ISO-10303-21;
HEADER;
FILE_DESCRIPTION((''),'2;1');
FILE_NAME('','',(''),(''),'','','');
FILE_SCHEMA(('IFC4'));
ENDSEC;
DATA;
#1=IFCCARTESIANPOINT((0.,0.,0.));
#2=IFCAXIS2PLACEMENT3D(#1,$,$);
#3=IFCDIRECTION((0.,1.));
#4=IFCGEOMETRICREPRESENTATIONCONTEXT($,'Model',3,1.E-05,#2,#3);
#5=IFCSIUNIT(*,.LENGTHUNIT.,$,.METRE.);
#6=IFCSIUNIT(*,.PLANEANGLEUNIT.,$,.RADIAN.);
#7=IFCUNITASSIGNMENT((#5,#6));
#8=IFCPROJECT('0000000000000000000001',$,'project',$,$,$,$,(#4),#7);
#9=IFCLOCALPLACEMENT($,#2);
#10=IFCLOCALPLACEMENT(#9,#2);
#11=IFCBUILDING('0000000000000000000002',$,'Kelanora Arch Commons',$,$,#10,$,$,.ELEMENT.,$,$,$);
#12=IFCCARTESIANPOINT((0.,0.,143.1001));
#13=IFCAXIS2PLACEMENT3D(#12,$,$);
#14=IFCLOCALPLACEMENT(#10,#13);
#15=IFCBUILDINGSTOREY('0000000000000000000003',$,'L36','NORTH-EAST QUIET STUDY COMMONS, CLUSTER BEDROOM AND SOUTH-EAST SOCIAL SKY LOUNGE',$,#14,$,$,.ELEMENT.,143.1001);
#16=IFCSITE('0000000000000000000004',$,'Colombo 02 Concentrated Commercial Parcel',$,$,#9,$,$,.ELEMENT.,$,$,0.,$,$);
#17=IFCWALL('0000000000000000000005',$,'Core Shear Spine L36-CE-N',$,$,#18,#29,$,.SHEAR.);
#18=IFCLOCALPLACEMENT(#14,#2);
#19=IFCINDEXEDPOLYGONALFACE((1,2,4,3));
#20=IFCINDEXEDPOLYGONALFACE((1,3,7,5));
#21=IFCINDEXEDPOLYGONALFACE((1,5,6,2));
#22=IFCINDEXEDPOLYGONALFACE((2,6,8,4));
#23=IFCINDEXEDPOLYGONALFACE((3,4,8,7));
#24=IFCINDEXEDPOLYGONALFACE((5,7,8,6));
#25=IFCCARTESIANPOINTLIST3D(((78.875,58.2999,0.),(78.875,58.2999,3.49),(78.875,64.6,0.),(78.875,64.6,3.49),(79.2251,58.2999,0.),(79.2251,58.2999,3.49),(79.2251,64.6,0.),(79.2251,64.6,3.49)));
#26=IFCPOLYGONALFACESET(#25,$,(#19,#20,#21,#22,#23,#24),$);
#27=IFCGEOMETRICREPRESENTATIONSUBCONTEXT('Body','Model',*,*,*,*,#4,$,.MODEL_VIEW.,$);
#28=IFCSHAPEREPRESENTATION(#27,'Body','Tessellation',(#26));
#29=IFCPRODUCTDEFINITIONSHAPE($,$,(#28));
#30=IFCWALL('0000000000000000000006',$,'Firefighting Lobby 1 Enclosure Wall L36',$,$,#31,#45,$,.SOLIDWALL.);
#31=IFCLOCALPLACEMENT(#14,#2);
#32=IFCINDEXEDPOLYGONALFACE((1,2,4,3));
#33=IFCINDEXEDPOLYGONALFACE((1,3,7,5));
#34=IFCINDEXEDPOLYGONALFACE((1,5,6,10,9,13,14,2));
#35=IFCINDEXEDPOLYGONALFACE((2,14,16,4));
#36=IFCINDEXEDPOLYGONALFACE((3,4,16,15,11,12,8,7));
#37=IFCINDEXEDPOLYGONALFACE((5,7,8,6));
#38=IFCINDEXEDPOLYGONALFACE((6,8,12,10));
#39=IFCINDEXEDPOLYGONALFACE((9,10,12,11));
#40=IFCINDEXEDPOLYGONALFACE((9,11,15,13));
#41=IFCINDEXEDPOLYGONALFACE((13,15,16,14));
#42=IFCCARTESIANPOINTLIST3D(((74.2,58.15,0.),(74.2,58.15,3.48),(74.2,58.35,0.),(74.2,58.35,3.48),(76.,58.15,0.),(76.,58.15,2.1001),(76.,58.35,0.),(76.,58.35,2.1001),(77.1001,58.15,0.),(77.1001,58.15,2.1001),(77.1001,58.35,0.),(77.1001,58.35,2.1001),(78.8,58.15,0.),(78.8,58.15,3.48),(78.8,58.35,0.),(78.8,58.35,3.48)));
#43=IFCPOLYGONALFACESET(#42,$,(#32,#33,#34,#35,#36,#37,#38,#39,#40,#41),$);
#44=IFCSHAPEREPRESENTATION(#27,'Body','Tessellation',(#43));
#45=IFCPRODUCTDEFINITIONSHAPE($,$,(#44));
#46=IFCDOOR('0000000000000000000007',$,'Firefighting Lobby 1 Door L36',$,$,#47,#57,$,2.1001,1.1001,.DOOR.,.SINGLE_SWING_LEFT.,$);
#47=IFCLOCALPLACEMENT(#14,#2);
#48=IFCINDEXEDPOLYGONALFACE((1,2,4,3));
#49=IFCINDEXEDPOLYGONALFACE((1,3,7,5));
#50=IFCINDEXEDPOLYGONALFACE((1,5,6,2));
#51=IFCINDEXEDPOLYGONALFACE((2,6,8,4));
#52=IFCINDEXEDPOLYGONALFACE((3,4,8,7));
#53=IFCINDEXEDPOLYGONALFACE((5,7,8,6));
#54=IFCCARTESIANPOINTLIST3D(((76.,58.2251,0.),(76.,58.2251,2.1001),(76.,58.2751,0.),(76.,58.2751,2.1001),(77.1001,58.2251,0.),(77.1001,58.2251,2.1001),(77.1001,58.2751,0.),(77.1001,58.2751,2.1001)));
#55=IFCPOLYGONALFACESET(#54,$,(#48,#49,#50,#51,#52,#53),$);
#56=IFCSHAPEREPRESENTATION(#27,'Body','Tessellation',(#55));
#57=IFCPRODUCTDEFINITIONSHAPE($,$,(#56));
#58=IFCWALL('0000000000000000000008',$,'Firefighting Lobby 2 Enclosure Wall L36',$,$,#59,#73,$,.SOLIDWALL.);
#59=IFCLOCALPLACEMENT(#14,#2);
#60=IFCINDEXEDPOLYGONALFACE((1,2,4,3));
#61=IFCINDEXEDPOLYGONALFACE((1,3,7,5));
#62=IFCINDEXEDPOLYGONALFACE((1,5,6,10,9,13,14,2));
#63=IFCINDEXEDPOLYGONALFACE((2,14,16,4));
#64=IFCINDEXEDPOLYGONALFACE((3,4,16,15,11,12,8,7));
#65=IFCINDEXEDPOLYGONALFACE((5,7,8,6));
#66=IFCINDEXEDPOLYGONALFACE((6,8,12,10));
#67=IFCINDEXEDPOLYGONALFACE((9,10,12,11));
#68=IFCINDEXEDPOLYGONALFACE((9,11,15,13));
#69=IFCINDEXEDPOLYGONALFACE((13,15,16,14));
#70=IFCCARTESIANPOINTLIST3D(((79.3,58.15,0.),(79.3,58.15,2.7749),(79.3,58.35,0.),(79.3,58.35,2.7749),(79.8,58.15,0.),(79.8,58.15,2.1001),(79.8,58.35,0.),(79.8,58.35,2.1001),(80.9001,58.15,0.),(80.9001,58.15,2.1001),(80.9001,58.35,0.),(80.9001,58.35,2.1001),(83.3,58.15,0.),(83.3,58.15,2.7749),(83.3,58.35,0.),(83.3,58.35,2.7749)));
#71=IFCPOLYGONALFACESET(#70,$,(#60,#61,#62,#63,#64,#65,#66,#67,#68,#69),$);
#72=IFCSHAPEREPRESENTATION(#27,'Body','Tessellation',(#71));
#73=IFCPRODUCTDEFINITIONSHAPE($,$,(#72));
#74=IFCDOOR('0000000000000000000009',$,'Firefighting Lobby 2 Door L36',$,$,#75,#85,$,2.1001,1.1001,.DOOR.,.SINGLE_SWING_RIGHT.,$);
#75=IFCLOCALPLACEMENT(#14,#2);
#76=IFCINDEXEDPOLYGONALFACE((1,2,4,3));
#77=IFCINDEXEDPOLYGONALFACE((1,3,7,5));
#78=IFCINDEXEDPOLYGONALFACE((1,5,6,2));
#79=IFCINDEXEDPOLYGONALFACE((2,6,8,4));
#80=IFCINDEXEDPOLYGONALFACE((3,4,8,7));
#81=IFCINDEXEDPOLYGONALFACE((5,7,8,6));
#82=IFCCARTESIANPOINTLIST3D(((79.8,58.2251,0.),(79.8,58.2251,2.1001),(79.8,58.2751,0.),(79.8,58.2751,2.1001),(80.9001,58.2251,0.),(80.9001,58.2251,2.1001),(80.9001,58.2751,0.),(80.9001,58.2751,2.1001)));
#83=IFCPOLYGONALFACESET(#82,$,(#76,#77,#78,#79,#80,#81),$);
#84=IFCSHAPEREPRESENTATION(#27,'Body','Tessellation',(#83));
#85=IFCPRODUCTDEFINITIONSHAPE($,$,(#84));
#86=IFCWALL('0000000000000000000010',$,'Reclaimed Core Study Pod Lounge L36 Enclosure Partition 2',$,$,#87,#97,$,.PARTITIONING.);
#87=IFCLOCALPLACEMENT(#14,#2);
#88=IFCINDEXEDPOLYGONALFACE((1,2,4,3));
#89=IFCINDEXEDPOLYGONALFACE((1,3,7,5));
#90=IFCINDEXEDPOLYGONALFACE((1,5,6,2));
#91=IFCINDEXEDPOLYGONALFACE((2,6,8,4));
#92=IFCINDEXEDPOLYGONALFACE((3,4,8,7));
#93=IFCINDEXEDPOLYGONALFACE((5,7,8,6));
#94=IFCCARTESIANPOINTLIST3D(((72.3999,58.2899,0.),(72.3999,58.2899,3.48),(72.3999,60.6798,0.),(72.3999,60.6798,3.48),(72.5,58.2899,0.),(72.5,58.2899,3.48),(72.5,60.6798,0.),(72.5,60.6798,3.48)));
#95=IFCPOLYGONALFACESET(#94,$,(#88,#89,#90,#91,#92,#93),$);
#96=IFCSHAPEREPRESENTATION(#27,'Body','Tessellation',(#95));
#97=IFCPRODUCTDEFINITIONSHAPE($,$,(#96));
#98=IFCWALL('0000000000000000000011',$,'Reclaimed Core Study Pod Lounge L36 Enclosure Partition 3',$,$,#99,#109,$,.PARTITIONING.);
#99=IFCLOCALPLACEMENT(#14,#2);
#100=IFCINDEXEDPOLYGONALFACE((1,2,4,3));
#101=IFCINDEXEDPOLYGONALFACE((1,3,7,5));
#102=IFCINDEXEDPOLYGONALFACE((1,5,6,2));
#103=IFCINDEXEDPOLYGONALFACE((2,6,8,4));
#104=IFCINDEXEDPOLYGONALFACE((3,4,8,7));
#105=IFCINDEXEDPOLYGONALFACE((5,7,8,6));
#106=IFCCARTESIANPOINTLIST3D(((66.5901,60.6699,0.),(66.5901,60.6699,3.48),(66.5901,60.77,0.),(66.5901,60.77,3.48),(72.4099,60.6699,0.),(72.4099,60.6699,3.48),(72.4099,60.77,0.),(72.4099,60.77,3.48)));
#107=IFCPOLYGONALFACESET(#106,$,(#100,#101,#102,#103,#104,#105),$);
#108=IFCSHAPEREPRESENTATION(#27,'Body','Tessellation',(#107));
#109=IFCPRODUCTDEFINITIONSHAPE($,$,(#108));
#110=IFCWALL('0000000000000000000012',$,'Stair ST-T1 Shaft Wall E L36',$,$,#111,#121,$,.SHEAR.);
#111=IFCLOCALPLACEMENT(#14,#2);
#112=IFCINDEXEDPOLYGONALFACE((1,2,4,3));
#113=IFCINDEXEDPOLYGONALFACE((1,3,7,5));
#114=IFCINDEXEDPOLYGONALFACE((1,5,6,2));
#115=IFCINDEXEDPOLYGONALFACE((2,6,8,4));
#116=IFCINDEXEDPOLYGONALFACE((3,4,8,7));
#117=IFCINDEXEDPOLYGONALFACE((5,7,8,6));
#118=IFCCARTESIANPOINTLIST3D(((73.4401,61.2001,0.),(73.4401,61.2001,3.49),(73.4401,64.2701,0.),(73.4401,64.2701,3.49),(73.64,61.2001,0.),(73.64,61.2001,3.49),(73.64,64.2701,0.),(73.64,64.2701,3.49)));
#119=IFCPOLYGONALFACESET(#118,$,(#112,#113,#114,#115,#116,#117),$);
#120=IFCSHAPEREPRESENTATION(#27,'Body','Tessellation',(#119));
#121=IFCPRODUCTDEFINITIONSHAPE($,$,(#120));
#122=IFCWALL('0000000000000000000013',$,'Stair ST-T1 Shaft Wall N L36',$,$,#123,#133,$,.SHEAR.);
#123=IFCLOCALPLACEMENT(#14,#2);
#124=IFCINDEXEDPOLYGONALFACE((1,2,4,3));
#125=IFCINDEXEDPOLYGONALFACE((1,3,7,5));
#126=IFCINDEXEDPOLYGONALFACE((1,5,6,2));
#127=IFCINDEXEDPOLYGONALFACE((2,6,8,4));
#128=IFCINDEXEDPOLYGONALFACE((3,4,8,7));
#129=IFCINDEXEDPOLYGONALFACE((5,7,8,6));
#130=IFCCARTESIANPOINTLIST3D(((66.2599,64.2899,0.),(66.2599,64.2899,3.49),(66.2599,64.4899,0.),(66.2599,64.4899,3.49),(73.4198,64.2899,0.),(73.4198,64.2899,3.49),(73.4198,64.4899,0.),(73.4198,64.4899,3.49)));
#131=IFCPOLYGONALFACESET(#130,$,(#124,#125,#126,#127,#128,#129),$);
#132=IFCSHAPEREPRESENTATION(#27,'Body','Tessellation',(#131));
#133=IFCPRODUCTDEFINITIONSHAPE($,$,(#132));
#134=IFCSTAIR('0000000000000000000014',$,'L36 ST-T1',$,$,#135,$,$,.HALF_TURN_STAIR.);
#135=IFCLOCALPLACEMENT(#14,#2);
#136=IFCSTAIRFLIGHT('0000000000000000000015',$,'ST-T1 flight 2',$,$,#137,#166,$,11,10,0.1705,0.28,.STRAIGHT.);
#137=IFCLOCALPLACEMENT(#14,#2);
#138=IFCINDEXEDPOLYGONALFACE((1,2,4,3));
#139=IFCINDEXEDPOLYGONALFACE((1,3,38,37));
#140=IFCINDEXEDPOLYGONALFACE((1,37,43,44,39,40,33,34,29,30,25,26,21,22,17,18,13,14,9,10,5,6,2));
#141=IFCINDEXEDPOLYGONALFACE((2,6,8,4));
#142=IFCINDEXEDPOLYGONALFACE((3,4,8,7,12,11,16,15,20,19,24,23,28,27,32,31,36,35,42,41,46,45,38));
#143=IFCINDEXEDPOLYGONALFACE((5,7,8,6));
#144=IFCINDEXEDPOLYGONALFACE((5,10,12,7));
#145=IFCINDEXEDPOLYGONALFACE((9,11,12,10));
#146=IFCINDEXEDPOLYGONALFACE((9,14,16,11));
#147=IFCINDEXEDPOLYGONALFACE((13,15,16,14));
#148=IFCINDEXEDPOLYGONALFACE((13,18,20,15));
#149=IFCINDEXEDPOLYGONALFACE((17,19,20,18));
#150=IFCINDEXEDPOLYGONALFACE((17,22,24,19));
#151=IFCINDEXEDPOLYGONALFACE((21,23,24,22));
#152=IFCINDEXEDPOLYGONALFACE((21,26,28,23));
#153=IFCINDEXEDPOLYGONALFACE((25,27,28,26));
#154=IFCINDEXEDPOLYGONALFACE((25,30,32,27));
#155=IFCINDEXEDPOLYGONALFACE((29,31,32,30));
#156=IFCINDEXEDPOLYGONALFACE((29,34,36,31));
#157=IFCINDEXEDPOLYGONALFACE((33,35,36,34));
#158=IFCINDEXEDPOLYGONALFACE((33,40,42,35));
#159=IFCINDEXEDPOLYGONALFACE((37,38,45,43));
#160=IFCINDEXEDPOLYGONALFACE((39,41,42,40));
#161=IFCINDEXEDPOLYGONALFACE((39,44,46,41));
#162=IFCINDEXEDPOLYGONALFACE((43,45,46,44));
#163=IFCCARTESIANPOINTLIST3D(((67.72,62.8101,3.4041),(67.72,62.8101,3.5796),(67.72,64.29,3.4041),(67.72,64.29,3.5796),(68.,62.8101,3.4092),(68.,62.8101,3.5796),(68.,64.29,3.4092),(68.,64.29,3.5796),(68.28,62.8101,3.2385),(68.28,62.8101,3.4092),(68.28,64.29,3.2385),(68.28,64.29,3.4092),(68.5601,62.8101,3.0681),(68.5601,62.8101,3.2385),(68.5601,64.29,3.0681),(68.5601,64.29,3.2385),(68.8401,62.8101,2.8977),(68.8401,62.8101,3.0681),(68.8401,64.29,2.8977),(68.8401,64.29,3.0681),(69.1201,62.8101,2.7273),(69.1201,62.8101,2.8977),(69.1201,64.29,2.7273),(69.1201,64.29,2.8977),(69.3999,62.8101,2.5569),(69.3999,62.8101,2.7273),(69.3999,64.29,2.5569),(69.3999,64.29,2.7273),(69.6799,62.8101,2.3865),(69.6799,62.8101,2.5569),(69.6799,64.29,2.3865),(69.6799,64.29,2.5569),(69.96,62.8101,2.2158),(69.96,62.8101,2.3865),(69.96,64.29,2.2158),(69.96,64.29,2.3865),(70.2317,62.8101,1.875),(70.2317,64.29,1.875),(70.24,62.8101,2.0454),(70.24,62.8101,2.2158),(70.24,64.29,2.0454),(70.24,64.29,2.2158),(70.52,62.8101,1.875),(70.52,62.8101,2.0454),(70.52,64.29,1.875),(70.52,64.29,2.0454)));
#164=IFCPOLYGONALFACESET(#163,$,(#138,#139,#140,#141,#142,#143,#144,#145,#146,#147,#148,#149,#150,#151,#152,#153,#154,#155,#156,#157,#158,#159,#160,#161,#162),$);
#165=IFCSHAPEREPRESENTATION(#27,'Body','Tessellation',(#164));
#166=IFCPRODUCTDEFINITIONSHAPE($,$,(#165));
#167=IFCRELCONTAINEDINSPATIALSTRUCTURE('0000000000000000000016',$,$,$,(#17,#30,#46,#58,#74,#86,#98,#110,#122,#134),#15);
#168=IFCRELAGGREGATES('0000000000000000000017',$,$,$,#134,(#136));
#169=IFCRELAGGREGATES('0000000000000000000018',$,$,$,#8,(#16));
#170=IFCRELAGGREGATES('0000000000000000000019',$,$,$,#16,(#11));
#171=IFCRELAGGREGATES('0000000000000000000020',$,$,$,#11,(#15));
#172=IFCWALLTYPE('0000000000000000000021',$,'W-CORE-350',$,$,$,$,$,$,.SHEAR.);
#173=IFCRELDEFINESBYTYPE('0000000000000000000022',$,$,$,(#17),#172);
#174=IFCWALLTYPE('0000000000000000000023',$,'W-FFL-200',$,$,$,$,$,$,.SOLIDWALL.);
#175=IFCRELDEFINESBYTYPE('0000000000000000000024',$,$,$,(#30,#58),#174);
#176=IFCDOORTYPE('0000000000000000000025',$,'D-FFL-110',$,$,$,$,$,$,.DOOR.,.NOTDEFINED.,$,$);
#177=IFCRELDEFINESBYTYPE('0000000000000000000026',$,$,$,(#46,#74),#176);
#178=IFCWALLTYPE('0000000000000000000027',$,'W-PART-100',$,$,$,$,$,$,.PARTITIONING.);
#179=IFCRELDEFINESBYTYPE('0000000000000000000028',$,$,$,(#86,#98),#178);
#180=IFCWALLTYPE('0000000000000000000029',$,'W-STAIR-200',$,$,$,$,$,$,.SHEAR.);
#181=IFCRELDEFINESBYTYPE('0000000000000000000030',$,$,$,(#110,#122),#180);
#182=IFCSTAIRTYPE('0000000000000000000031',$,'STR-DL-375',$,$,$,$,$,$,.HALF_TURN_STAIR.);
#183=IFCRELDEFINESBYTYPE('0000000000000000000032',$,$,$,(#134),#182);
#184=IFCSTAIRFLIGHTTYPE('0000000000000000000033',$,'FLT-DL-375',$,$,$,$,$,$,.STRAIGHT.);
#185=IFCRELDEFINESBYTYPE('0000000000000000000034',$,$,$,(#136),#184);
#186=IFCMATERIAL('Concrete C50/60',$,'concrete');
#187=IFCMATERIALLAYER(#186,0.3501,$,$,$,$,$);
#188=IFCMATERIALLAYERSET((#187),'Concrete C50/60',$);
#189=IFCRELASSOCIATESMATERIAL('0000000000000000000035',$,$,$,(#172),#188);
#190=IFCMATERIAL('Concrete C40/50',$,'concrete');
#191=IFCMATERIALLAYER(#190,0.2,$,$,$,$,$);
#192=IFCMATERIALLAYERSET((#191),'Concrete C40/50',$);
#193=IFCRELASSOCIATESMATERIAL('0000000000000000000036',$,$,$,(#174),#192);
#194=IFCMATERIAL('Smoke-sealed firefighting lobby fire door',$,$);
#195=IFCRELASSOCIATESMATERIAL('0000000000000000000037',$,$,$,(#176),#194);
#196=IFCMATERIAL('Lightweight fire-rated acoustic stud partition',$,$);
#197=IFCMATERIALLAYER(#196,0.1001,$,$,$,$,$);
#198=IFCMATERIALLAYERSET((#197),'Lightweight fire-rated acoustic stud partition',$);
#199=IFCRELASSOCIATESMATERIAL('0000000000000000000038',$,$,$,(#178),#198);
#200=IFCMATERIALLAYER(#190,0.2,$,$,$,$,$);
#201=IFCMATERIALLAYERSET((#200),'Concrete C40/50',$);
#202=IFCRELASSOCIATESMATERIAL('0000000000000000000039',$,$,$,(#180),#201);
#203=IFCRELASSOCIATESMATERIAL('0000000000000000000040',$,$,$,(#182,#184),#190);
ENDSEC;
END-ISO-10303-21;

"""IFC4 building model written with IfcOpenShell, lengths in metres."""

from ifc_helpers import new_model, si_unit, direction, frame, frame_2d, origin, place, context, subcontext, project, spatial, polyline, rectangle, outline, extrude, material, layer, layer_set, type_object, element, fill, aggregate, save


model = new_model("IFC4")

# Units and contexts
model_context = context("Model", 3, precision=1e-05, world=origin(), true_north=direction((0.0, 1.0)))
body_context = subcontext(model_context, "Body", "Model", "MODEL_VIEW")
ifc_project = project(units=[si_unit("LENGTHUNIT", "METRE"), si_unit("PLANEANGLEUNIT", "RADIAN")], contexts=[model_context])

# Site, building, storey
site_placement = place(None, origin())
site = spatial("IfcSite", under=ifc_project, at=site_placement, Name="Colombo 02 Concentrated Commercial Parcel", CompositionType="ELEMENT", RefElevation=0.0)
building_placement = place(site_placement, origin())
building = spatial("IfcBuilding", under=site, at=building_placement, Name="Kelanora Arch Commons", CompositionType="ELEMENT")
storey_placement = place(building_placement, frame((0.0, 0.0, 143.1001)))
storey = spatial("IfcBuildingStorey", under=building, at=storey_placement, Name="L36", Description="NORTH-EAST QUIET STUDY COMMONS, CLUSTER BEDROOM AND SOUTH-EAST SOCIAL SKY LOUNGE", CompositionType="ELEMENT", Elevation=143.1001)

# Wall
ifc_material_1 = material(Name="Concrete C50/60", Category="concrete")
ifc_layer_1 = layer(ifc_material_1, 0.3501)
ifc_layer_set_1 = layer_set([ifc_layer_1], Name="Concrete C50/60")
wall_type_1 = type_object("IfcWallType", Name="W-CORE-350", PredefinedType="SHEAR", material=ifc_layer_set_1)
wall_1_placement = place(storey_placement, frame((79.05, 58.3, 0.0), z_axis=(0.0, 0.0, 1.0), x_axis=(0.0, 1.0, 0.0)))
element("IfcWall", 1, at=wall_1_placement, inside=storey, type_object=wall_type_1, Name="Core Shear Spine L36-CE-N", PredefinedType="SHEAR", context=body_context, shape_type="SweptSolid", body=[
    extrude(rectangle(XDim=6.3, YDim=0.3501, at=frame_2d((3.1499, 0.0))), origin(), (0.0, 0.0, 1.0), 3.49),
])

# Walls, openings, doors
ifc_material_2 = material(Name="Concrete C40/50", Category="concrete")
ifc_layer_2 = layer(ifc_material_2, 0.2)
ifc_layer_set_2 = layer_set([ifc_layer_2], Name="Concrete C40/50")
wall_type_2 = type_object("IfcWallType", Name="W-FFL-200", PredefinedType="SOLIDWALL", material=ifc_layer_set_2)
wall_2_placement = place(storey_placement, frame((74.2, 58.25, 0.0), z_axis=(0.0, 0.0, 1.0), x_axis=(1.0, 0.0, 0.0)))
wall_2 = element("IfcWall", 2, at=wall_2_placement, inside=storey, type_object=wall_type_2, Name="Firefighting Lobby 1 Enclosure Wall L36", PredefinedType="SOLIDWALL", context=body_context, shape_type="SweptSolid", body=[
    extrude(rectangle(XDim=4.6001, YDim=0.2, at=frame_2d((2.3, 0.0))), origin(), (0.0, 0.0, 1.0), 3.48),
])
opening_1_placement = place(wall_2_placement, frame((1.8, 0.0, 0.0)))
opening_1 = element("IfcOpeningElement", 3, at=opening_1_placement, cuts=wall_2, PredefinedType="OPENING", context=body_context, shape_type="SweptSolid", body=[
    extrude(rectangle(XDim=1.1001, YDim=2.1001, at=frame_2d((0.55, 1.05))), frame((0.0, 0.1099, 0.0), z_axis=(0.0, -1.0, 0.0), x_axis=(1.0, 0.0, 0.0)), (0.0, 0.0, 1.0), 0.22),
])
ifc_material_3 = material(Name="Smoke-sealed firefighting lobby fire door")
door_type_1 = type_object("IfcDoorType", Name="D-FFL-110", OperationType="NOTDEFINED", PredefinedType="DOOR", material=ifc_material_3)
door_1_placement = place(opening_1_placement, frame((1.1001, 0.0, 0.0), z_axis=(0.0, 0.0, 1.0), x_axis=(-1.0, 0.0, 0.0)))
door_1 = element("IfcDoor", 4, at=door_1_placement, inside=storey, type_object=door_type_1, Name="Firefighting Lobby 1 Door L36", OperationType="SINGLE_SWING_LEFT", OverallHeight=2.1001, OverallWidth=1.1001, PredefinedType="DOOR", context=body_context, shape_type="SweptSolid", body=[
    extrude(rectangle(XDim=1.1001, YDim=2.1001, at=frame_2d((0.55, 1.05))), frame((0.0, 0.0249, 0.0), z_axis=(0.0, -1.0, 0.0), x_axis=(1.0, 0.0, 0.0)), (0.0, 0.0, 1.0), 0.05),
])
fill(opening_1, door_1)
wall_3_placement = place(storey_placement, frame((79.3, 58.25, 0.0), z_axis=(0.0, 0.0, 1.0), x_axis=(1.0, 0.0, 0.0)))
wall_3 = element("IfcWall", 5, at=wall_3_placement, inside=storey, type_object=wall_type_2, Name="Firefighting Lobby 2 Enclosure Wall L36", PredefinedType="SOLIDWALL", context=body_context, shape_type="SweptSolid", body=[
    extrude(rectangle(XDim=4.0, YDim=0.2, at=frame_2d((2.0, 0.0))), origin(), (0.0, 0.0, 1.0), 2.7749),
])
opening_2_placement = place(wall_3_placement, frame((0.5, 0.0, 0.0)))
opening_2 = element("IfcOpeningElement", 6, at=opening_2_placement, cuts=wall_3, PredefinedType="OPENING", context=body_context, shape_type="SweptSolid", body=[
    extrude(rectangle(XDim=1.1001, YDim=2.1001, at=frame_2d((0.55, 1.05))), frame((0.0, 0.1099, 0.0), z_axis=(0.0, -1.0, 0.0), x_axis=(1.0, 0.0, 0.0)), (0.0, 0.0, 1.0), 0.22),
])
door_2_placement = place(opening_2_placement, frame((1.1001, 0.0, 0.0), z_axis=(0.0, 0.0, 1.0), x_axis=(-1.0, 0.0, 0.0)))
door_2 = element("IfcDoor", 7, at=door_2_placement, inside=storey, type_object=door_type_1, Name="Firefighting Lobby 2 Door L36", OperationType="SINGLE_SWING_RIGHT", OverallHeight=2.1001, OverallWidth=1.1001, PredefinedType="DOOR", context=body_context, shape_type="SweptSolid", body=[
    extrude(rectangle(XDim=1.1001, YDim=2.1001, at=frame_2d((0.55, 1.05))), frame((0.0, 0.0249, 0.0), z_axis=(0.0, -1.0, 0.0), x_axis=(1.0, 0.0, 0.0)), (0.0, 0.0, 1.0), 0.05),
])
fill(opening_2, door_2)

# Walls
ifc_material_4 = material(Name="Lightweight fire-rated acoustic stud partition")
ifc_layer_3 = layer(ifc_material_4, 0.1001)
ifc_layer_set_3 = layer_set([ifc_layer_3], Name="Lightweight fire-rated acoustic stud partition")
wall_type_3 = type_object("IfcWallType", Name="W-PART-100", PredefinedType="PARTITIONING", material=ifc_layer_set_3)
wall_4_placement = place(storey_placement, frame((72.45, 58.29, 0.0), z_axis=(0.0, 0.0, 1.0), x_axis=(0.0, 1.0, 0.0)))
element("IfcWall", 8, at=wall_4_placement, inside=storey, type_object=wall_type_3, Name="Reclaimed Core Study Pod Lounge L36 Enclosure Partition 2", PredefinedType="PARTITIONING", context=body_context, shape_type="SweptSolid", body=[
    extrude(rectangle(XDim=2.3899, YDim=0.1001, at=frame_2d((1.1948, 0.0))), origin(), (0.0, 0.0, 1.0), 3.48),
])
wall_5_placement = place(storey_placement, frame((72.4099, 60.72, 0.0), z_axis=(0.0, 0.0, 1.0), x_axis=(-1.0, 0.0, 0.0)))
element("IfcWall", 9, at=wall_5_placement, inside=storey, type_object=wall_type_3, Name="Reclaimed Core Study Pod Lounge L36 Enclosure Partition 3", PredefinedType="PARTITIONING", context=body_context, shape_type="SweptSolid", body=[
    extrude(rectangle(XDim=5.8198, YDim=0.1001, at=frame_2d((2.9099, 0.0))), origin(), (0.0, 0.0, 1.0), 3.48),
])
ifc_layer_4 = layer(ifc_material_2, 0.2)
ifc_layer_set_4 = layer_set([ifc_layer_4], Name="Concrete C40/50")
wall_type_4 = type_object("IfcWallType", Name="W-STAIR-200", PredefinedType="SHEAR", material=ifc_layer_set_4)
wall_6_placement = place(storey_placement, frame((73.54, 61.2, 0.0), z_axis=(0.0, 0.0, 1.0), x_axis=(0.0, 1.0, 0.0)))
element("IfcWall", 10, at=wall_6_placement, inside=storey, type_object=wall_type_4, Name="Stair ST-T1 Shaft Wall E L36", PredefinedType="SHEAR", context=body_context, shape_type="SweptSolid", body=[
    extrude(rectangle(XDim=3.0701, YDim=0.2, at=frame_2d((1.5352, 0.0))), origin(), (0.0, 0.0, 1.0), 3.49),
])
wall_7_placement = place(storey_placement, frame((73.4199, 64.3899, 0.0), z_axis=(0.0, 0.0, 1.0), x_axis=(-1.0, 0.0, 0.0)))
element("IfcWall", 11, at=wall_7_placement, inside=storey, type_object=wall_type_4, Name="Stair ST-T1 Shaft Wall N L36", PredefinedType="SHEAR", context=body_context, shape_type="SweptSolid", body=[
    extrude(rectangle(XDim=7.1599, YDim=0.2, at=frame_2d((3.5801, 0.0))), origin(), (0.0, 0.0, 1.0), 3.49),
])

# Stair, stair flight
stair_type = type_object("IfcStairType", Name="STR-DL-375", PredefinedType="HALF_TURN_STAIR", material=ifc_material_2)
stair_placement = place(storey_placement, origin())
stair = element("IfcStair", 12, at=stair_placement, inside=storey, type_object=stair_type, Name="L36 ST-T1", PredefinedType="HALF_TURN_STAIR")
stair_flight_type = type_object("IfcStairFlightType", Name="FLT-DL-375", PredefinedType="STRAIGHT", material=ifc_material_2)
stair_flight_placement = place(storey_placement, frame((70.52, 63.55, 1.875), z_axis=(0.0, 0.0, 1.0), x_axis=(-1.0, 0.0, 0.0)))
stair_flight = element("IfcStairFlight", 13, at=stair_flight_placement, type_object=stair_flight_type, Name="ST-T1 flight 2", NumberOfRisers=11, NumberOfTreads=10, PredefinedType="STRAIGHT", RiserHeight=0.1705, TreadLength=0.28, context=body_context, shape_type="SweptSolid", body=[
    extrude(outline(polyline([(0.0, 0.0), (0.0, 0.1704), (0.28, 0.1704), (0.28, 0.3408), (0.5601, 0.3408), (0.5601, 0.5115), (0.8401, 0.5115), (0.8401, 0.6819), (1.1201, 0.6819), (1.1201, 0.8523), (1.3999, 0.8523), (1.3999, 1.0227), (1.6799, 1.0227), (1.6799, 1.1931), (1.96, 1.1931), (1.96, 1.3635), (2.24, 1.3635), (2.24, 1.5342), (2.52, 1.5342), (2.52, 1.7046), (2.8, 1.7046), (2.8, 1.875), (2.8, 1.5291), (0.2883, 0.0), (0.0, 0.0)])), frame((0.0, 0.74, 0.0), z_axis=(0.0, -1.0, 0.0), x_axis=(1.0, 0.0, 0.0)), (0.0, 0.0, 1.0), 1.48),
])
aggregate(stair, [stair_flight])

save(model, "model.ifc")
